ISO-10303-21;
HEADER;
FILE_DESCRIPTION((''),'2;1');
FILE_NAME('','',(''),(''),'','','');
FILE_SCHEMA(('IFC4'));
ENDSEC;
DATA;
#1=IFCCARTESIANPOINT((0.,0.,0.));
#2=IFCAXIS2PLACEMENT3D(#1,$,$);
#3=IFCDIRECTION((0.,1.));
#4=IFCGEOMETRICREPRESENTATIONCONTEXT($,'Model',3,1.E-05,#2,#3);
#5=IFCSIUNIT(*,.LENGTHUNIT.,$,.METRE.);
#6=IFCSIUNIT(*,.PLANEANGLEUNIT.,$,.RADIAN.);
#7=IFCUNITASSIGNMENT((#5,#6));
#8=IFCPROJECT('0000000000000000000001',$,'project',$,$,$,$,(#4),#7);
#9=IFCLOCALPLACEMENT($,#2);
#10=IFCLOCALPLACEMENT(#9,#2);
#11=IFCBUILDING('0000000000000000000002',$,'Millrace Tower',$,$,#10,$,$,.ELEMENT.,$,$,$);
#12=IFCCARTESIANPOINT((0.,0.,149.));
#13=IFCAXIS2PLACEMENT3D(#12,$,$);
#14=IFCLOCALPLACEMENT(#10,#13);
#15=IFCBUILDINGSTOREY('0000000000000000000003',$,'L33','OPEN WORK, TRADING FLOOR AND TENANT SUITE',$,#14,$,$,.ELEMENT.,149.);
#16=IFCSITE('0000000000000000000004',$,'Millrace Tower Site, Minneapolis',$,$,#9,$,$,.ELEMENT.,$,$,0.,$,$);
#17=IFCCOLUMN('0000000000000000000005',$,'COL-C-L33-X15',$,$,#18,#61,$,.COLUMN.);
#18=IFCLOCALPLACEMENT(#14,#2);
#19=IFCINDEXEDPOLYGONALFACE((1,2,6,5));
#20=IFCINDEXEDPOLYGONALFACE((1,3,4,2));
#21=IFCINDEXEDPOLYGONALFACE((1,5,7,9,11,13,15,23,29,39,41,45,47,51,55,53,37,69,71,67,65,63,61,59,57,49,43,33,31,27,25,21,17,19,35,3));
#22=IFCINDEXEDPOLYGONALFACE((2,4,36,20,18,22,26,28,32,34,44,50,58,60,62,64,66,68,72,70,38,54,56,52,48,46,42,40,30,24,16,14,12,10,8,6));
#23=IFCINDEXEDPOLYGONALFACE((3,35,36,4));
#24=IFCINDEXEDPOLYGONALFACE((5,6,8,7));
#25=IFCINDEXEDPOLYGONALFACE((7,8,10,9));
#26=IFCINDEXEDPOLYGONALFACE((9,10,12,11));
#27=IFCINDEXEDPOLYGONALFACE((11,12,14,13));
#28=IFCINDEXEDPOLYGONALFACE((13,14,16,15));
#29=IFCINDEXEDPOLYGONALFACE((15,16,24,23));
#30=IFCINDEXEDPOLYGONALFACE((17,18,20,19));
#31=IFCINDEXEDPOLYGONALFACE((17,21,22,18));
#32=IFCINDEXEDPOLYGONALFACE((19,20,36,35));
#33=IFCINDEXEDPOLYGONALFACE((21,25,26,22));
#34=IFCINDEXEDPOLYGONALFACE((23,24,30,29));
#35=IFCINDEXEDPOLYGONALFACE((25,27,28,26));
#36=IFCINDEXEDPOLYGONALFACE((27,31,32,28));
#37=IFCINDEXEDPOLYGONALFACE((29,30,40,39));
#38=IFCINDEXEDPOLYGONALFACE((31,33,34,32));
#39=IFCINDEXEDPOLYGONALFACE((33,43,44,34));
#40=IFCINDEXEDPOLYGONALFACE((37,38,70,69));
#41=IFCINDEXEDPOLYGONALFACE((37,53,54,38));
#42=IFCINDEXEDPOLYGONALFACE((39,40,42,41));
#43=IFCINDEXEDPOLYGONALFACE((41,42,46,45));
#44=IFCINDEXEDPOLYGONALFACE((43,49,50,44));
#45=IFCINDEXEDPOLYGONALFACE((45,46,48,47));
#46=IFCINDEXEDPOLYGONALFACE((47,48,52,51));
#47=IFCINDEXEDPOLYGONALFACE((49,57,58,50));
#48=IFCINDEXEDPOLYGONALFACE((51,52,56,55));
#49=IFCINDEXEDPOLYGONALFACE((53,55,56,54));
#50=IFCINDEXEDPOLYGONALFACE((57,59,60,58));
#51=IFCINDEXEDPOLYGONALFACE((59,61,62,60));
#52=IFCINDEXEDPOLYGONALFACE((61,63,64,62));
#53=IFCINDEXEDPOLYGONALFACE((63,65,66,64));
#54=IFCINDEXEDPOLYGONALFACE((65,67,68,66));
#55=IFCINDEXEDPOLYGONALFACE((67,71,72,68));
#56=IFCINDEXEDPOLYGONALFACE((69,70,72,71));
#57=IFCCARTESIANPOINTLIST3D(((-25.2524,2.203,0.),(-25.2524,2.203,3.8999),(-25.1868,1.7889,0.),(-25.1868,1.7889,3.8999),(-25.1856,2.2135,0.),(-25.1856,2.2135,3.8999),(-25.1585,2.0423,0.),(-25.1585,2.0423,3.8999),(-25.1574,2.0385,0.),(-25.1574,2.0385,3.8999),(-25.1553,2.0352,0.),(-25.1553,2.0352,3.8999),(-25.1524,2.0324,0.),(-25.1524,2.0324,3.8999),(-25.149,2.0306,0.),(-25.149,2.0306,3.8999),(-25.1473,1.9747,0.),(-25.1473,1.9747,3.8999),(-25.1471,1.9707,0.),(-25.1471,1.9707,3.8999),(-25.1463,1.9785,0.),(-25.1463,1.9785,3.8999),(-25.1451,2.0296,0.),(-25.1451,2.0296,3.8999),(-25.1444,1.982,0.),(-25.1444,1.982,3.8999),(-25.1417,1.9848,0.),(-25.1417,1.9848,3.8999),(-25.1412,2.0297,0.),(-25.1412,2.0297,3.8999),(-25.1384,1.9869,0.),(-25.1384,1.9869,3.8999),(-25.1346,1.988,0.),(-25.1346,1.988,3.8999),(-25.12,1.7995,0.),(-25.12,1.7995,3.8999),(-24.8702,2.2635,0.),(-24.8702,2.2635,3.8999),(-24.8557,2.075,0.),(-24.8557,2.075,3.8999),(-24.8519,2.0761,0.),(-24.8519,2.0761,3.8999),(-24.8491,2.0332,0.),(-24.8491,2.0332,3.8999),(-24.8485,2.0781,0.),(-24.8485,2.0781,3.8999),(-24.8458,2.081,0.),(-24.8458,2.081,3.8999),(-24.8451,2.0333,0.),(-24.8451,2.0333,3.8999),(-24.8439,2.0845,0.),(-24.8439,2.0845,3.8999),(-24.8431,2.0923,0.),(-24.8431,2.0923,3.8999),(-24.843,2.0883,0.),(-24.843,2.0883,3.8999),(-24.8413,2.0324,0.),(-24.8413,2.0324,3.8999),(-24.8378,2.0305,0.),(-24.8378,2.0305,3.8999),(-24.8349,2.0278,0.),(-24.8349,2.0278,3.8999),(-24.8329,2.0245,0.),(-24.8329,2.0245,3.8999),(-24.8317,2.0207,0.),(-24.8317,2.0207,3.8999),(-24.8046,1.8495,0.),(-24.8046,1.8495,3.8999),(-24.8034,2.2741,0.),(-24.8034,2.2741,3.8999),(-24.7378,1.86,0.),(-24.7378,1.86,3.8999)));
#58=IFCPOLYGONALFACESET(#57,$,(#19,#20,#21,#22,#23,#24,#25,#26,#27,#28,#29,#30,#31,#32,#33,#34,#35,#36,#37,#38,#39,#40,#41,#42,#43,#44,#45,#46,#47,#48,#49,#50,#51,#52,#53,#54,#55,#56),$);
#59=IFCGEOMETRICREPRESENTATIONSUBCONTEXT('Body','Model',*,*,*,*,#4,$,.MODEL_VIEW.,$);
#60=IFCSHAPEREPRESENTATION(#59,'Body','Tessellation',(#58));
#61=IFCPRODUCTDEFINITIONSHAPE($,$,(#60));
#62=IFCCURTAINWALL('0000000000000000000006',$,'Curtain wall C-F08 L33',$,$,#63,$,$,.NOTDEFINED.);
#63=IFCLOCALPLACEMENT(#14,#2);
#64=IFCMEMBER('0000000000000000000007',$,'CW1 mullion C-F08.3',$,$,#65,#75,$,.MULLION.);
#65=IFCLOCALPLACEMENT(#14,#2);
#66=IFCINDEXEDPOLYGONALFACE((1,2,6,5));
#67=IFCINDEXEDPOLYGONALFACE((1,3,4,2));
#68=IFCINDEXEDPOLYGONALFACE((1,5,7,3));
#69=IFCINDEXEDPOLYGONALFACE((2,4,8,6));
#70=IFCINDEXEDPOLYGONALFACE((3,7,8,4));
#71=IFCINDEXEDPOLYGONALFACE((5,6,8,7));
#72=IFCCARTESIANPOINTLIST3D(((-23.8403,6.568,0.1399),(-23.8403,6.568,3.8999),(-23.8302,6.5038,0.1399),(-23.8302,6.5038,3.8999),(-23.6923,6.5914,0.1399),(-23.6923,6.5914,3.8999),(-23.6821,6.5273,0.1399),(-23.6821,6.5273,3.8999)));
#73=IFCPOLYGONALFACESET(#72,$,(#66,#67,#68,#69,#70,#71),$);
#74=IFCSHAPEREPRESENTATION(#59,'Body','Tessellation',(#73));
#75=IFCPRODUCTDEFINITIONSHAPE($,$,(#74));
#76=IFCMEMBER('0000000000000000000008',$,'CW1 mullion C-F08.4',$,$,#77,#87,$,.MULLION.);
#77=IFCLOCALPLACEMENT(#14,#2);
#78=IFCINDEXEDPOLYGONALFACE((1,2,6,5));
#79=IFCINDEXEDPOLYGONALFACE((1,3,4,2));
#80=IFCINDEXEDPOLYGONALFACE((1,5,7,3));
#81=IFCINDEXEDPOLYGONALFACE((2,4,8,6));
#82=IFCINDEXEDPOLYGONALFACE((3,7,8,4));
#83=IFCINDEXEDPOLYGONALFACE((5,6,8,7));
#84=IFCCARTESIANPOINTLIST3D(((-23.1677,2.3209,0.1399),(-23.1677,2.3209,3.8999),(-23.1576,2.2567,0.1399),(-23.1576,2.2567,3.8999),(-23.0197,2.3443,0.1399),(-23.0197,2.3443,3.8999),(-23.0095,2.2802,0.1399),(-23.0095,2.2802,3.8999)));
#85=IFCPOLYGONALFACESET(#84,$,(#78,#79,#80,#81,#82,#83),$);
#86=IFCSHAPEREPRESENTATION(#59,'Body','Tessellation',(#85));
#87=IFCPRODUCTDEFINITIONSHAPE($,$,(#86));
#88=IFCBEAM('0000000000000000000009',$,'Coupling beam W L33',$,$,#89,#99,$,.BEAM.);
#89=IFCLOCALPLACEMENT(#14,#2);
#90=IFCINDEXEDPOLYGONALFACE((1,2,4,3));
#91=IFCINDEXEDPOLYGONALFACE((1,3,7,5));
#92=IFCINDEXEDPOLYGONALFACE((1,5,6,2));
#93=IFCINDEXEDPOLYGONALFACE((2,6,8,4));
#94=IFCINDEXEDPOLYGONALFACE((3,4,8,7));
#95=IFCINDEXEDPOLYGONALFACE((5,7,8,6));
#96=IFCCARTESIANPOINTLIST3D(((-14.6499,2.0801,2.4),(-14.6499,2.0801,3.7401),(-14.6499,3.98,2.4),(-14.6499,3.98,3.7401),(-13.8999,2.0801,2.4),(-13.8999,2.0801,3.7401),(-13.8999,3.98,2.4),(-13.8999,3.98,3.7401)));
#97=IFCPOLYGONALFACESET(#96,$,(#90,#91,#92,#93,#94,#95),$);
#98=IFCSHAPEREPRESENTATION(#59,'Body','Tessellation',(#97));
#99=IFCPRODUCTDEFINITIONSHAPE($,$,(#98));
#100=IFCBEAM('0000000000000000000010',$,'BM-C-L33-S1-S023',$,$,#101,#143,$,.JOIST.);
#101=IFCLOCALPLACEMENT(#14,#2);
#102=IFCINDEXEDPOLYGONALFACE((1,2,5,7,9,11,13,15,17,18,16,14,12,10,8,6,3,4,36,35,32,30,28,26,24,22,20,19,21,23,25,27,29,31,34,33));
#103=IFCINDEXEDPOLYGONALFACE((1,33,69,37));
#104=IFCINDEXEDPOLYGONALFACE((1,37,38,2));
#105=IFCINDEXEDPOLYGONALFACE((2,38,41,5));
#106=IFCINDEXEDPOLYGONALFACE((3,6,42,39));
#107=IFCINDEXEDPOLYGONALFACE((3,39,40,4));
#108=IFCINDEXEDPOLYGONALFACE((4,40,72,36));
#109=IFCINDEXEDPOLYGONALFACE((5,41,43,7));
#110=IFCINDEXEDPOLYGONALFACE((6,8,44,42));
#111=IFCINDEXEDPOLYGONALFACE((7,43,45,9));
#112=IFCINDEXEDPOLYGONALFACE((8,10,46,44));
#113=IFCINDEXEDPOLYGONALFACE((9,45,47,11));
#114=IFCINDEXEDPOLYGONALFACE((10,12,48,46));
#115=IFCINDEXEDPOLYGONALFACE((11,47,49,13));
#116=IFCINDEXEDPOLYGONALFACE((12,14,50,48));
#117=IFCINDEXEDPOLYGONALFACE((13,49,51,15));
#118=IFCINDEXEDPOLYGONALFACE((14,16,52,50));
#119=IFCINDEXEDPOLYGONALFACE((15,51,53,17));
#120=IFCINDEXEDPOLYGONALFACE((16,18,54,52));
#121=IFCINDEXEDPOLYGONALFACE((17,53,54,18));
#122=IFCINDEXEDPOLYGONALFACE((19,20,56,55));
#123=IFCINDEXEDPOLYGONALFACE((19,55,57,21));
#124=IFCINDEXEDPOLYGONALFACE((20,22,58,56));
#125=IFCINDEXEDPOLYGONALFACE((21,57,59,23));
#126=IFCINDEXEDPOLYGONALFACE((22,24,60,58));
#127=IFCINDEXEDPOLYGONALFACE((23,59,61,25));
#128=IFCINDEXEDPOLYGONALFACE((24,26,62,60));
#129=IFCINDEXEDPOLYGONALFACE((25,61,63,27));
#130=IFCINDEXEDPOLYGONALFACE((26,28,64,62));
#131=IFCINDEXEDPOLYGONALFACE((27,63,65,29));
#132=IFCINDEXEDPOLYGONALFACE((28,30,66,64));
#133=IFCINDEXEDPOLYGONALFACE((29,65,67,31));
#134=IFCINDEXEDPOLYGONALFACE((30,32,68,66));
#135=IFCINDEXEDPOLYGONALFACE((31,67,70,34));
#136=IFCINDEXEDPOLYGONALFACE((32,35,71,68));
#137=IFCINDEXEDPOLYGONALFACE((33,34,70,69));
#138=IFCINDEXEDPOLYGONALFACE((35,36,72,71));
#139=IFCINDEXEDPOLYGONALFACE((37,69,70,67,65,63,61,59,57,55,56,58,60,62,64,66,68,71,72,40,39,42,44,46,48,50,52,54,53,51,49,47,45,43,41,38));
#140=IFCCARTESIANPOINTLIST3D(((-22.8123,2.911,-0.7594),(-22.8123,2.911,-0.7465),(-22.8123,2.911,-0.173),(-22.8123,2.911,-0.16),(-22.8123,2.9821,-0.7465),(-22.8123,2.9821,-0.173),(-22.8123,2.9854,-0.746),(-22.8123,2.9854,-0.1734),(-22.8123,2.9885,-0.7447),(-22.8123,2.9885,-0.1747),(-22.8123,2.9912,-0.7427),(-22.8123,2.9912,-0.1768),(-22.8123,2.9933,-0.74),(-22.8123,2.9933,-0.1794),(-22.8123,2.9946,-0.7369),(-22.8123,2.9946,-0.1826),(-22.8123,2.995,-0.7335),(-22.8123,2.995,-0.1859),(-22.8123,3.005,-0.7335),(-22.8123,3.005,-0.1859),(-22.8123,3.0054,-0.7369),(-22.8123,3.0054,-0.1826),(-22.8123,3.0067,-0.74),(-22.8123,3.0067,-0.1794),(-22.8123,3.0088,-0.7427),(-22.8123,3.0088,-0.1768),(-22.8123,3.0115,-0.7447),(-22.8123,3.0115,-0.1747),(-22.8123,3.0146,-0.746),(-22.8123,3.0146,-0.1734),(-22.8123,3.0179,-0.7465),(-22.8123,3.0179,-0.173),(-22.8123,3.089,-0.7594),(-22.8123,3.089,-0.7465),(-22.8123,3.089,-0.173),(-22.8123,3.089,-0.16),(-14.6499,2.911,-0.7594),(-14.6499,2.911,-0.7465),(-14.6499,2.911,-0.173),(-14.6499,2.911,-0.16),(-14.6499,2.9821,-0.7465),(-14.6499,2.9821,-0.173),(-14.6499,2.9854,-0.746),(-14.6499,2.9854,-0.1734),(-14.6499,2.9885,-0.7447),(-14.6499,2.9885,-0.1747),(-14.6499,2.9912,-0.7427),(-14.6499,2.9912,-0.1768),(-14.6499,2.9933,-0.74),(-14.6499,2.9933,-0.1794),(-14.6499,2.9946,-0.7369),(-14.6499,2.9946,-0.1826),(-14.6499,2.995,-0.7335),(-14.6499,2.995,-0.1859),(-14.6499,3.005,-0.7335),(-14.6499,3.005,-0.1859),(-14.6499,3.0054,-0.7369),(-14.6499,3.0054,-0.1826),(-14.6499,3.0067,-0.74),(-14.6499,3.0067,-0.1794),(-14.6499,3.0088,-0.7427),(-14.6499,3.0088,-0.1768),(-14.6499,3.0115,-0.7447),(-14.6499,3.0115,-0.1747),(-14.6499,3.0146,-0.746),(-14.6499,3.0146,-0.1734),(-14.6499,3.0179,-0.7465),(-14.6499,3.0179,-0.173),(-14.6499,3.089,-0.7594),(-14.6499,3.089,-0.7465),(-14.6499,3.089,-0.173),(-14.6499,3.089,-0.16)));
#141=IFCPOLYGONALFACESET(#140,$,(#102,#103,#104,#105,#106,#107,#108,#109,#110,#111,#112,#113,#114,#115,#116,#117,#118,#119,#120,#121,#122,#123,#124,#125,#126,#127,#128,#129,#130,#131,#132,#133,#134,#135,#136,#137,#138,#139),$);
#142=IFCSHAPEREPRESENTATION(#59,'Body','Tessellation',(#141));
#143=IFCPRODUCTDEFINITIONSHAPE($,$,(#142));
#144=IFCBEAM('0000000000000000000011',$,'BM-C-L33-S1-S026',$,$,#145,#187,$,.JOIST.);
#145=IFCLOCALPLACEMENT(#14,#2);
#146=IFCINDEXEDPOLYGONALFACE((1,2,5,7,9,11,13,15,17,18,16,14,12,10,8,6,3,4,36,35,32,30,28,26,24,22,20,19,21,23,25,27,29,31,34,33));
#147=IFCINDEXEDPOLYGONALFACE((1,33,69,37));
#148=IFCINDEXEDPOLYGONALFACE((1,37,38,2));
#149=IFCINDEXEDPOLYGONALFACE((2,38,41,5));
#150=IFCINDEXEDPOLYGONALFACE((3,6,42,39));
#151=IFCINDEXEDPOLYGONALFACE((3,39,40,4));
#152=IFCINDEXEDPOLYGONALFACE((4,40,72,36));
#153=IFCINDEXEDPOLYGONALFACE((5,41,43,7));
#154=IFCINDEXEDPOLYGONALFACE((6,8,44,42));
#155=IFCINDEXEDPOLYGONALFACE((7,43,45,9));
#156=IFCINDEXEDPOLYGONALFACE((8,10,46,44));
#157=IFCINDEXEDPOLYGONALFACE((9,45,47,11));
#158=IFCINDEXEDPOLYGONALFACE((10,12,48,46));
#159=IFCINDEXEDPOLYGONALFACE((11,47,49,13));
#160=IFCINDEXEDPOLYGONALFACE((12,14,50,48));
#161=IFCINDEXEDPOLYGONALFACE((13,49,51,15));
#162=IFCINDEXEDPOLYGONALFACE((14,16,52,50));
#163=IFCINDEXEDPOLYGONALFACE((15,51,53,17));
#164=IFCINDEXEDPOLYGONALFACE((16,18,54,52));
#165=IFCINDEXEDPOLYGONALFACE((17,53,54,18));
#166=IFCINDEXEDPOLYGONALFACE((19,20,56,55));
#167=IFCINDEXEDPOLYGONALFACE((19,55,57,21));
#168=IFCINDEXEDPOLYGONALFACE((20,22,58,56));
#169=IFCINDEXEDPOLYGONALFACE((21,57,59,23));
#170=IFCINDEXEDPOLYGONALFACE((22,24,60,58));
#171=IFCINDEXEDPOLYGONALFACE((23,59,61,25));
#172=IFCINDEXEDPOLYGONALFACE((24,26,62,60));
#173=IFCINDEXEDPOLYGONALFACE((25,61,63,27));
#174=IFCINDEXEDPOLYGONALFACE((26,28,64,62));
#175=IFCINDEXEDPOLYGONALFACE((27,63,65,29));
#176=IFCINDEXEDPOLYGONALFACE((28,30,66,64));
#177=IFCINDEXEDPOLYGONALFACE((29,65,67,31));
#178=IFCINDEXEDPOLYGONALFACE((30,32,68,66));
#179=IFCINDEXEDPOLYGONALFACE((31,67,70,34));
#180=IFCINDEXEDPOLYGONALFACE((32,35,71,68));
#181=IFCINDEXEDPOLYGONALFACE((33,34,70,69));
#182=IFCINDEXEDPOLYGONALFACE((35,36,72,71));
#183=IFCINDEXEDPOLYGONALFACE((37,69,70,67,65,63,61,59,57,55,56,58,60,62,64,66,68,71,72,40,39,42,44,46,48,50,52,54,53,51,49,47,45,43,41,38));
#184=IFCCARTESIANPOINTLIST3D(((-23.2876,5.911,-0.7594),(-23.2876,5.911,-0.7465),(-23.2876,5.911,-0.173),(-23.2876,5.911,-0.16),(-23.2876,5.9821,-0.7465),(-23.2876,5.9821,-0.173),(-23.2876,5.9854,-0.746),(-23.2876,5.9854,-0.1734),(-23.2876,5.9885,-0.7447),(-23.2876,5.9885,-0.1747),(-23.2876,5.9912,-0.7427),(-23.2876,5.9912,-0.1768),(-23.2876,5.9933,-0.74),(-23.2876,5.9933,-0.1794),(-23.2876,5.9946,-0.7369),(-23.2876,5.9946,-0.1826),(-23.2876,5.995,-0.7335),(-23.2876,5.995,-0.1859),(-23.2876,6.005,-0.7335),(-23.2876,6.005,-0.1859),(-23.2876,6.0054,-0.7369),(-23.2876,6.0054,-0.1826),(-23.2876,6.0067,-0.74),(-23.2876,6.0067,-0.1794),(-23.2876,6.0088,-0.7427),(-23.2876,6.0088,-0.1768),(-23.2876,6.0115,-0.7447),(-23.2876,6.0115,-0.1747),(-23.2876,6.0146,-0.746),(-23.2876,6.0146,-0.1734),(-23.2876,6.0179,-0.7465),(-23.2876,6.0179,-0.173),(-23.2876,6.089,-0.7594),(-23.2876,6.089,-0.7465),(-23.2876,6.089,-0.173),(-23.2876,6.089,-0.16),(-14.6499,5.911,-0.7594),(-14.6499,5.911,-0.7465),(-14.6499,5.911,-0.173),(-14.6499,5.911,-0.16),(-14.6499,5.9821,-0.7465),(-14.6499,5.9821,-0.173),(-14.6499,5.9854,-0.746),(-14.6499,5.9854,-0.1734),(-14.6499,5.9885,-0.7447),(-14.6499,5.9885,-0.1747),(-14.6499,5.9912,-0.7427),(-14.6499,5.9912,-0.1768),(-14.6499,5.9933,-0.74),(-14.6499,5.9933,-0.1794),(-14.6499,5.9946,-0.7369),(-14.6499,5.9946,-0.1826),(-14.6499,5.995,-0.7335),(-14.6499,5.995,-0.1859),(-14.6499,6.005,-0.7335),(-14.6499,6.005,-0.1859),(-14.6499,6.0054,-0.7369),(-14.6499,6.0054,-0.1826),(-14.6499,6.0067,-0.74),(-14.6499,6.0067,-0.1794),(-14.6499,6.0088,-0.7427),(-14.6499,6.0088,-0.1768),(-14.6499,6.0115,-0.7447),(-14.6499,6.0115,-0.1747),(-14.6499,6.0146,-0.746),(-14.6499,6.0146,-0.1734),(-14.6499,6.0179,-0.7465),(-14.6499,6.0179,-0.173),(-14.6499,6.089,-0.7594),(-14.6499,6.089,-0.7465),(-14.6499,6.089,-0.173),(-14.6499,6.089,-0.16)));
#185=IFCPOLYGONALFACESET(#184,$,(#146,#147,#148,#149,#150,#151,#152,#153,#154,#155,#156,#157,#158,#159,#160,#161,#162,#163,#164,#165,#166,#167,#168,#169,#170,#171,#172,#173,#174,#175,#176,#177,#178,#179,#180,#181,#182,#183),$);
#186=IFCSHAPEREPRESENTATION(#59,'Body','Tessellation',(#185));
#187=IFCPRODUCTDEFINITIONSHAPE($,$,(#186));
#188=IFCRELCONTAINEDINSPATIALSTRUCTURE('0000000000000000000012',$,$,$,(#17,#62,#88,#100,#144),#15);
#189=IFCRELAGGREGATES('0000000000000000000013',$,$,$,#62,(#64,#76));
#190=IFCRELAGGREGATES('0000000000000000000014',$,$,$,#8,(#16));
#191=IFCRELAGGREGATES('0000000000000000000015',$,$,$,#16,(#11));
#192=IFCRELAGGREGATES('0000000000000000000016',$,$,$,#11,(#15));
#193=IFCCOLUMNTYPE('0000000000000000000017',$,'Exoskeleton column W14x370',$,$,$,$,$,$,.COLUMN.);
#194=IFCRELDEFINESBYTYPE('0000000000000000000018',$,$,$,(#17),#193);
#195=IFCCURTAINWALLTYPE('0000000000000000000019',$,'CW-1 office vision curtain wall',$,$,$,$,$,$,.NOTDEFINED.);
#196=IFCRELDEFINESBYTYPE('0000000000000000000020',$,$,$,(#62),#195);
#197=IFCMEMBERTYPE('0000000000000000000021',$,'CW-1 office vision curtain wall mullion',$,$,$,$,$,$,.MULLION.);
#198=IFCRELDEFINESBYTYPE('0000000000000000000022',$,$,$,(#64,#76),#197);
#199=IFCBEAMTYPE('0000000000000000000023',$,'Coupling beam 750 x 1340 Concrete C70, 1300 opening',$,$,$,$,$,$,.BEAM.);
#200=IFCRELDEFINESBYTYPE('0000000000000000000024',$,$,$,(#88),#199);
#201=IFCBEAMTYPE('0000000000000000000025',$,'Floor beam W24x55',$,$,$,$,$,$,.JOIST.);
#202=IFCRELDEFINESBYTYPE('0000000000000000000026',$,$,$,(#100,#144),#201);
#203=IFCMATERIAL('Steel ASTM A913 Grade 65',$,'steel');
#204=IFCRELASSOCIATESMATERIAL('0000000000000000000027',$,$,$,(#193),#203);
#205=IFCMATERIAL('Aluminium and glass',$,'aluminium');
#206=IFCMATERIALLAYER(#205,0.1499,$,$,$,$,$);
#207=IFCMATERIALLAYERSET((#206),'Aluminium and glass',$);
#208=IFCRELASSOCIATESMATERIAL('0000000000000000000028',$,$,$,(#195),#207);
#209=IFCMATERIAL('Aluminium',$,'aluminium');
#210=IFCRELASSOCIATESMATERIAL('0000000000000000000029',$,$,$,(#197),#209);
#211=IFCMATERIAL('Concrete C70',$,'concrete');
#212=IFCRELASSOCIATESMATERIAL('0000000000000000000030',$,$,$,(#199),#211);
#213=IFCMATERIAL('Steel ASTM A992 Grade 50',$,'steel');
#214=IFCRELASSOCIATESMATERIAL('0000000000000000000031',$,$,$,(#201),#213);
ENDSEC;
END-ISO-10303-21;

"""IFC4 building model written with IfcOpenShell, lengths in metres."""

from ifc_helpers import new_model, si_unit, direction, frame, origin, origin_2d, place, context, subcontext, project, spatial, rectangle, i_section, extrude, material, layer, layer_set, material_profile, profile_set, type_object, element, aggregate, save


model = new_model("IFC4")

# Units and contexts
model_context = context("Model", 3, precision=1e-05, world=origin(), true_north=direction((0.0, 1.0)))
body_context = subcontext(model_context, "Body", "Model", "MODEL_VIEW")
ifc_project = project(units=[si_unit("LENGTHUNIT", "METRE"), si_unit("PLANEANGLEUNIT", "RADIAN")], contexts=[model_context])

# Site, building, storey
site_placement = place(None, origin())
site = spatial("IfcSite", under=ifc_project, at=site_placement, Name="Millrace Tower Site, Minneapolis", CompositionType="ELEMENT", RefElevation=0.0)
building_placement = place(site_placement, origin())
building = spatial("IfcBuilding", under=site, at=building_placement, Name="Millrace Tower", CompositionType="ELEMENT")
storey_placement = place(building_placement, frame((0.0, 0.0, 149.0)))
storey = spatial("IfcBuildingStorey", under=building, at=storey_placement, Name="L33", Description="OPEN WORK, TRADING FLOOR AND TENANT SUITE", CompositionType="ELEMENT", Elevation=149.0)

# Column
ifc_material_1 = material(Name="Steel ASTM A913 Grade 65", Category="steel")
ifc_material_profile_1 = material_profile(ifc_material_1, i_section(OverallWidth=0.4192, OverallDepth=0.4546, WebThickness=0.0422, FlangeThickness=0.0676, FilletRadius=0.0151, at=origin_2d()))
ifc_profile_set_1 = profile_set([ifc_material_profile_1], Name="Steel ASTM A913 Grade 65")
column_type = type_object("IfcColumnType", Name="Exoskeleton column W14x370", PredefinedType="COLUMN", material=ifc_profile_set_1)
column_placement = place(storey_placement, frame((-24.9951, 2.0315, 0.0), z_axis=(0.0, 0.0, 1.0), x_axis=(0.156434, -0.987688, 0.0)))
element("IfcColumn", 1, at=column_placement, inside=storey, type_object=column_type, Name="COL-C-L33-X15", PredefinedType="COLUMN", context=body_context, shape_type="SweptSolid", body=[
    extrude(i_section(OverallWidth=0.4192, OverallDepth=0.4546, WebThickness=0.0422, FlangeThickness=0.0676, FilletRadius=0.0151, at=origin_2d()), origin(), (0.0, 0.0, 1.0), 3.8999),
])

# Curtain wall, members
ifc_material_2 = material(Name="Aluminium and glass", Category="aluminium")
ifc_layer_1 = layer(ifc_material_2, 0.1499)
ifc_layer_set_1 = layer_set([ifc_layer_1], Name="Aluminium and glass")
curtain_wall_type = type_object("IfcCurtainWallType", Name="CW-1 office vision curtain wall", PredefinedType="NOTDEFINED", material=ifc_layer_set_1)
placement = place(storey_placement, origin())
curtain_wall = element("IfcCurtainWall", 2, at=placement, inside=storey, type_object=curtain_wall_type, Name="Curtain wall C-F08 L33", PredefinedType="NOTDEFINED")
ifc_material_3 = material(Name="Aluminium", Category="aluminium")
ifc_material_profile_2 = material_profile(ifc_material_3, rectangle(XDim=0.0649, YDim=0.1499, at=origin_2d()))
ifc_profile_set_2 = profile_set([ifc_material_profile_2], Name="Aluminium")
member_type = type_object("IfcMemberType", Name="CW-1 office vision curtain wall mullion", PredefinedType="MULLION", material=ifc_profile_set_2)
member_1_placement = place(storey_placement, frame((-23.7612, 6.5476, 0.1399), z_axis=(0.0, 0.0, 1.0), x_axis=(0.156434, -0.987688, 0.0)))
member_1 = element("IfcMember", 3, at=member_1_placement, type_object=member_type, Name="CW1 mullion C-F08.3", PredefinedType="MULLION", context=body_context, shape_type="SweptSolid", body=[
    extrude(rectangle(XDim=0.0649, YDim=0.1499, at=origin_2d()), origin(), (0.0, 0.0, 1.0), 3.76),
])
member_2_placement = place(storey_placement, frame((-23.0886, 2.3005, 0.1399), z_axis=(0.0, 0.0, 1.0), x_axis=(0.156434, -0.987688, 0.0)))
member_2 = element("IfcMember", 4, at=member_2_placement, type_object=member_type, Name="CW1 mullion C-F08.4", PredefinedType="MULLION", context=body_context, shape_type="SweptSolid", body=[
    extrude(rectangle(XDim=0.0649, YDim=0.1499, at=origin_2d()), origin(), (0.0, 0.0, 1.0), 3.76),
])
aggregate(curtain_wall, [member_1, member_2])

# Beams
ifc_material_4 = material(Name="Concrete C70", Category="concrete")
ifc_material_profile_3 = material_profile(ifc_material_4, rectangle(XDim=0.75, YDim=1.3401, at=origin_2d()))
ifc_profile_set_3 = profile_set([ifc_material_profile_3], Name="Concrete C70")
beam_type_1 = type_object("IfcBeamType", Name="Coupling beam 750 x 1340 Concrete C70, 1300 opening", PredefinedType="BEAM", material=ifc_profile_set_3)
beam_1_placement = place(storey_placement, frame((-14.2749, 2.0801, 3.0701), z_axis=(0.0, 1.0, 0.0), x_axis=(-1.0, 0.0, 0.0)))
element("IfcBeam", 5, at=beam_1_placement, inside=storey, type_object=beam_type_1, Name="Coupling beam W L33", PredefinedType="BEAM", context=body_context, shape_type="SweptSolid", body=[
    extrude(rectangle(XDim=0.75, YDim=1.3401, at=origin_2d()), origin(), (0.0, 0.0, 1.0), 1.8999),
])
ifc_material_5 = material(Name="Steel ASTM A992 Grade 50", Category="steel")
ifc_material_profile_4 = material_profile(ifc_material_5, i_section(OverallWidth=0.178, OverallDepth=0.5994, WebThickness=0.01, FlangeThickness=0.0129, FilletRadius=0.0129, at=origin_2d()))
ifc_profile_set_4 = profile_set([ifc_material_profile_4], Name="Steel ASTM A992 Grade 50")
beam_type_2 = type_object("IfcBeamType", Name="Floor beam W24x55", PredefinedType="JOIST", material=ifc_profile_set_4)
beam_2_placement = place(storey_placement, frame((-22.8123, 3.0, -0.4597), z_axis=(1.0, 0.0, 0.0), x_axis=(0.0, 1.0, 0.0)))
element("IfcBeam", 6, at=beam_2_placement, inside=storey, type_object=beam_type_2, Name="BM-C-L33-S1-S023", PredefinedType="JOIST", context=body_context, shape_type="SweptSolid", body=[
    extrude(i_section(OverallWidth=0.178, OverallDepth=0.5994, WebThickness=0.01, FlangeThickness=0.0129, FilletRadius=0.0129, at=origin_2d()), origin(), (0.0, 0.0, 1.0), 8.1624),
])
beam_3_placement = place(storey_placement, frame((-23.2876, 6.0, -0.4597), z_axis=(1.0, 0.0, 0.0), x_axis=(0.0, 1.0, 0.0)))
element("IfcBeam", 7, at=beam_3_placement, inside=storey, type_object=beam_type_2, Name="BM-C-L33-S1-S026", PredefinedType="JOIST", context=body_context, shape_type="SweptSolid", body=[
    extrude(i_section(OverallWidth=0.178, OverallDepth=0.5994, WebThickness=0.01, FlangeThickness=0.0129, FilletRadius=0.0129, at=origin_2d()), origin(), (0.0, 0.0, 1.0), 8.6377),
])

save(model, "model.ifc")
